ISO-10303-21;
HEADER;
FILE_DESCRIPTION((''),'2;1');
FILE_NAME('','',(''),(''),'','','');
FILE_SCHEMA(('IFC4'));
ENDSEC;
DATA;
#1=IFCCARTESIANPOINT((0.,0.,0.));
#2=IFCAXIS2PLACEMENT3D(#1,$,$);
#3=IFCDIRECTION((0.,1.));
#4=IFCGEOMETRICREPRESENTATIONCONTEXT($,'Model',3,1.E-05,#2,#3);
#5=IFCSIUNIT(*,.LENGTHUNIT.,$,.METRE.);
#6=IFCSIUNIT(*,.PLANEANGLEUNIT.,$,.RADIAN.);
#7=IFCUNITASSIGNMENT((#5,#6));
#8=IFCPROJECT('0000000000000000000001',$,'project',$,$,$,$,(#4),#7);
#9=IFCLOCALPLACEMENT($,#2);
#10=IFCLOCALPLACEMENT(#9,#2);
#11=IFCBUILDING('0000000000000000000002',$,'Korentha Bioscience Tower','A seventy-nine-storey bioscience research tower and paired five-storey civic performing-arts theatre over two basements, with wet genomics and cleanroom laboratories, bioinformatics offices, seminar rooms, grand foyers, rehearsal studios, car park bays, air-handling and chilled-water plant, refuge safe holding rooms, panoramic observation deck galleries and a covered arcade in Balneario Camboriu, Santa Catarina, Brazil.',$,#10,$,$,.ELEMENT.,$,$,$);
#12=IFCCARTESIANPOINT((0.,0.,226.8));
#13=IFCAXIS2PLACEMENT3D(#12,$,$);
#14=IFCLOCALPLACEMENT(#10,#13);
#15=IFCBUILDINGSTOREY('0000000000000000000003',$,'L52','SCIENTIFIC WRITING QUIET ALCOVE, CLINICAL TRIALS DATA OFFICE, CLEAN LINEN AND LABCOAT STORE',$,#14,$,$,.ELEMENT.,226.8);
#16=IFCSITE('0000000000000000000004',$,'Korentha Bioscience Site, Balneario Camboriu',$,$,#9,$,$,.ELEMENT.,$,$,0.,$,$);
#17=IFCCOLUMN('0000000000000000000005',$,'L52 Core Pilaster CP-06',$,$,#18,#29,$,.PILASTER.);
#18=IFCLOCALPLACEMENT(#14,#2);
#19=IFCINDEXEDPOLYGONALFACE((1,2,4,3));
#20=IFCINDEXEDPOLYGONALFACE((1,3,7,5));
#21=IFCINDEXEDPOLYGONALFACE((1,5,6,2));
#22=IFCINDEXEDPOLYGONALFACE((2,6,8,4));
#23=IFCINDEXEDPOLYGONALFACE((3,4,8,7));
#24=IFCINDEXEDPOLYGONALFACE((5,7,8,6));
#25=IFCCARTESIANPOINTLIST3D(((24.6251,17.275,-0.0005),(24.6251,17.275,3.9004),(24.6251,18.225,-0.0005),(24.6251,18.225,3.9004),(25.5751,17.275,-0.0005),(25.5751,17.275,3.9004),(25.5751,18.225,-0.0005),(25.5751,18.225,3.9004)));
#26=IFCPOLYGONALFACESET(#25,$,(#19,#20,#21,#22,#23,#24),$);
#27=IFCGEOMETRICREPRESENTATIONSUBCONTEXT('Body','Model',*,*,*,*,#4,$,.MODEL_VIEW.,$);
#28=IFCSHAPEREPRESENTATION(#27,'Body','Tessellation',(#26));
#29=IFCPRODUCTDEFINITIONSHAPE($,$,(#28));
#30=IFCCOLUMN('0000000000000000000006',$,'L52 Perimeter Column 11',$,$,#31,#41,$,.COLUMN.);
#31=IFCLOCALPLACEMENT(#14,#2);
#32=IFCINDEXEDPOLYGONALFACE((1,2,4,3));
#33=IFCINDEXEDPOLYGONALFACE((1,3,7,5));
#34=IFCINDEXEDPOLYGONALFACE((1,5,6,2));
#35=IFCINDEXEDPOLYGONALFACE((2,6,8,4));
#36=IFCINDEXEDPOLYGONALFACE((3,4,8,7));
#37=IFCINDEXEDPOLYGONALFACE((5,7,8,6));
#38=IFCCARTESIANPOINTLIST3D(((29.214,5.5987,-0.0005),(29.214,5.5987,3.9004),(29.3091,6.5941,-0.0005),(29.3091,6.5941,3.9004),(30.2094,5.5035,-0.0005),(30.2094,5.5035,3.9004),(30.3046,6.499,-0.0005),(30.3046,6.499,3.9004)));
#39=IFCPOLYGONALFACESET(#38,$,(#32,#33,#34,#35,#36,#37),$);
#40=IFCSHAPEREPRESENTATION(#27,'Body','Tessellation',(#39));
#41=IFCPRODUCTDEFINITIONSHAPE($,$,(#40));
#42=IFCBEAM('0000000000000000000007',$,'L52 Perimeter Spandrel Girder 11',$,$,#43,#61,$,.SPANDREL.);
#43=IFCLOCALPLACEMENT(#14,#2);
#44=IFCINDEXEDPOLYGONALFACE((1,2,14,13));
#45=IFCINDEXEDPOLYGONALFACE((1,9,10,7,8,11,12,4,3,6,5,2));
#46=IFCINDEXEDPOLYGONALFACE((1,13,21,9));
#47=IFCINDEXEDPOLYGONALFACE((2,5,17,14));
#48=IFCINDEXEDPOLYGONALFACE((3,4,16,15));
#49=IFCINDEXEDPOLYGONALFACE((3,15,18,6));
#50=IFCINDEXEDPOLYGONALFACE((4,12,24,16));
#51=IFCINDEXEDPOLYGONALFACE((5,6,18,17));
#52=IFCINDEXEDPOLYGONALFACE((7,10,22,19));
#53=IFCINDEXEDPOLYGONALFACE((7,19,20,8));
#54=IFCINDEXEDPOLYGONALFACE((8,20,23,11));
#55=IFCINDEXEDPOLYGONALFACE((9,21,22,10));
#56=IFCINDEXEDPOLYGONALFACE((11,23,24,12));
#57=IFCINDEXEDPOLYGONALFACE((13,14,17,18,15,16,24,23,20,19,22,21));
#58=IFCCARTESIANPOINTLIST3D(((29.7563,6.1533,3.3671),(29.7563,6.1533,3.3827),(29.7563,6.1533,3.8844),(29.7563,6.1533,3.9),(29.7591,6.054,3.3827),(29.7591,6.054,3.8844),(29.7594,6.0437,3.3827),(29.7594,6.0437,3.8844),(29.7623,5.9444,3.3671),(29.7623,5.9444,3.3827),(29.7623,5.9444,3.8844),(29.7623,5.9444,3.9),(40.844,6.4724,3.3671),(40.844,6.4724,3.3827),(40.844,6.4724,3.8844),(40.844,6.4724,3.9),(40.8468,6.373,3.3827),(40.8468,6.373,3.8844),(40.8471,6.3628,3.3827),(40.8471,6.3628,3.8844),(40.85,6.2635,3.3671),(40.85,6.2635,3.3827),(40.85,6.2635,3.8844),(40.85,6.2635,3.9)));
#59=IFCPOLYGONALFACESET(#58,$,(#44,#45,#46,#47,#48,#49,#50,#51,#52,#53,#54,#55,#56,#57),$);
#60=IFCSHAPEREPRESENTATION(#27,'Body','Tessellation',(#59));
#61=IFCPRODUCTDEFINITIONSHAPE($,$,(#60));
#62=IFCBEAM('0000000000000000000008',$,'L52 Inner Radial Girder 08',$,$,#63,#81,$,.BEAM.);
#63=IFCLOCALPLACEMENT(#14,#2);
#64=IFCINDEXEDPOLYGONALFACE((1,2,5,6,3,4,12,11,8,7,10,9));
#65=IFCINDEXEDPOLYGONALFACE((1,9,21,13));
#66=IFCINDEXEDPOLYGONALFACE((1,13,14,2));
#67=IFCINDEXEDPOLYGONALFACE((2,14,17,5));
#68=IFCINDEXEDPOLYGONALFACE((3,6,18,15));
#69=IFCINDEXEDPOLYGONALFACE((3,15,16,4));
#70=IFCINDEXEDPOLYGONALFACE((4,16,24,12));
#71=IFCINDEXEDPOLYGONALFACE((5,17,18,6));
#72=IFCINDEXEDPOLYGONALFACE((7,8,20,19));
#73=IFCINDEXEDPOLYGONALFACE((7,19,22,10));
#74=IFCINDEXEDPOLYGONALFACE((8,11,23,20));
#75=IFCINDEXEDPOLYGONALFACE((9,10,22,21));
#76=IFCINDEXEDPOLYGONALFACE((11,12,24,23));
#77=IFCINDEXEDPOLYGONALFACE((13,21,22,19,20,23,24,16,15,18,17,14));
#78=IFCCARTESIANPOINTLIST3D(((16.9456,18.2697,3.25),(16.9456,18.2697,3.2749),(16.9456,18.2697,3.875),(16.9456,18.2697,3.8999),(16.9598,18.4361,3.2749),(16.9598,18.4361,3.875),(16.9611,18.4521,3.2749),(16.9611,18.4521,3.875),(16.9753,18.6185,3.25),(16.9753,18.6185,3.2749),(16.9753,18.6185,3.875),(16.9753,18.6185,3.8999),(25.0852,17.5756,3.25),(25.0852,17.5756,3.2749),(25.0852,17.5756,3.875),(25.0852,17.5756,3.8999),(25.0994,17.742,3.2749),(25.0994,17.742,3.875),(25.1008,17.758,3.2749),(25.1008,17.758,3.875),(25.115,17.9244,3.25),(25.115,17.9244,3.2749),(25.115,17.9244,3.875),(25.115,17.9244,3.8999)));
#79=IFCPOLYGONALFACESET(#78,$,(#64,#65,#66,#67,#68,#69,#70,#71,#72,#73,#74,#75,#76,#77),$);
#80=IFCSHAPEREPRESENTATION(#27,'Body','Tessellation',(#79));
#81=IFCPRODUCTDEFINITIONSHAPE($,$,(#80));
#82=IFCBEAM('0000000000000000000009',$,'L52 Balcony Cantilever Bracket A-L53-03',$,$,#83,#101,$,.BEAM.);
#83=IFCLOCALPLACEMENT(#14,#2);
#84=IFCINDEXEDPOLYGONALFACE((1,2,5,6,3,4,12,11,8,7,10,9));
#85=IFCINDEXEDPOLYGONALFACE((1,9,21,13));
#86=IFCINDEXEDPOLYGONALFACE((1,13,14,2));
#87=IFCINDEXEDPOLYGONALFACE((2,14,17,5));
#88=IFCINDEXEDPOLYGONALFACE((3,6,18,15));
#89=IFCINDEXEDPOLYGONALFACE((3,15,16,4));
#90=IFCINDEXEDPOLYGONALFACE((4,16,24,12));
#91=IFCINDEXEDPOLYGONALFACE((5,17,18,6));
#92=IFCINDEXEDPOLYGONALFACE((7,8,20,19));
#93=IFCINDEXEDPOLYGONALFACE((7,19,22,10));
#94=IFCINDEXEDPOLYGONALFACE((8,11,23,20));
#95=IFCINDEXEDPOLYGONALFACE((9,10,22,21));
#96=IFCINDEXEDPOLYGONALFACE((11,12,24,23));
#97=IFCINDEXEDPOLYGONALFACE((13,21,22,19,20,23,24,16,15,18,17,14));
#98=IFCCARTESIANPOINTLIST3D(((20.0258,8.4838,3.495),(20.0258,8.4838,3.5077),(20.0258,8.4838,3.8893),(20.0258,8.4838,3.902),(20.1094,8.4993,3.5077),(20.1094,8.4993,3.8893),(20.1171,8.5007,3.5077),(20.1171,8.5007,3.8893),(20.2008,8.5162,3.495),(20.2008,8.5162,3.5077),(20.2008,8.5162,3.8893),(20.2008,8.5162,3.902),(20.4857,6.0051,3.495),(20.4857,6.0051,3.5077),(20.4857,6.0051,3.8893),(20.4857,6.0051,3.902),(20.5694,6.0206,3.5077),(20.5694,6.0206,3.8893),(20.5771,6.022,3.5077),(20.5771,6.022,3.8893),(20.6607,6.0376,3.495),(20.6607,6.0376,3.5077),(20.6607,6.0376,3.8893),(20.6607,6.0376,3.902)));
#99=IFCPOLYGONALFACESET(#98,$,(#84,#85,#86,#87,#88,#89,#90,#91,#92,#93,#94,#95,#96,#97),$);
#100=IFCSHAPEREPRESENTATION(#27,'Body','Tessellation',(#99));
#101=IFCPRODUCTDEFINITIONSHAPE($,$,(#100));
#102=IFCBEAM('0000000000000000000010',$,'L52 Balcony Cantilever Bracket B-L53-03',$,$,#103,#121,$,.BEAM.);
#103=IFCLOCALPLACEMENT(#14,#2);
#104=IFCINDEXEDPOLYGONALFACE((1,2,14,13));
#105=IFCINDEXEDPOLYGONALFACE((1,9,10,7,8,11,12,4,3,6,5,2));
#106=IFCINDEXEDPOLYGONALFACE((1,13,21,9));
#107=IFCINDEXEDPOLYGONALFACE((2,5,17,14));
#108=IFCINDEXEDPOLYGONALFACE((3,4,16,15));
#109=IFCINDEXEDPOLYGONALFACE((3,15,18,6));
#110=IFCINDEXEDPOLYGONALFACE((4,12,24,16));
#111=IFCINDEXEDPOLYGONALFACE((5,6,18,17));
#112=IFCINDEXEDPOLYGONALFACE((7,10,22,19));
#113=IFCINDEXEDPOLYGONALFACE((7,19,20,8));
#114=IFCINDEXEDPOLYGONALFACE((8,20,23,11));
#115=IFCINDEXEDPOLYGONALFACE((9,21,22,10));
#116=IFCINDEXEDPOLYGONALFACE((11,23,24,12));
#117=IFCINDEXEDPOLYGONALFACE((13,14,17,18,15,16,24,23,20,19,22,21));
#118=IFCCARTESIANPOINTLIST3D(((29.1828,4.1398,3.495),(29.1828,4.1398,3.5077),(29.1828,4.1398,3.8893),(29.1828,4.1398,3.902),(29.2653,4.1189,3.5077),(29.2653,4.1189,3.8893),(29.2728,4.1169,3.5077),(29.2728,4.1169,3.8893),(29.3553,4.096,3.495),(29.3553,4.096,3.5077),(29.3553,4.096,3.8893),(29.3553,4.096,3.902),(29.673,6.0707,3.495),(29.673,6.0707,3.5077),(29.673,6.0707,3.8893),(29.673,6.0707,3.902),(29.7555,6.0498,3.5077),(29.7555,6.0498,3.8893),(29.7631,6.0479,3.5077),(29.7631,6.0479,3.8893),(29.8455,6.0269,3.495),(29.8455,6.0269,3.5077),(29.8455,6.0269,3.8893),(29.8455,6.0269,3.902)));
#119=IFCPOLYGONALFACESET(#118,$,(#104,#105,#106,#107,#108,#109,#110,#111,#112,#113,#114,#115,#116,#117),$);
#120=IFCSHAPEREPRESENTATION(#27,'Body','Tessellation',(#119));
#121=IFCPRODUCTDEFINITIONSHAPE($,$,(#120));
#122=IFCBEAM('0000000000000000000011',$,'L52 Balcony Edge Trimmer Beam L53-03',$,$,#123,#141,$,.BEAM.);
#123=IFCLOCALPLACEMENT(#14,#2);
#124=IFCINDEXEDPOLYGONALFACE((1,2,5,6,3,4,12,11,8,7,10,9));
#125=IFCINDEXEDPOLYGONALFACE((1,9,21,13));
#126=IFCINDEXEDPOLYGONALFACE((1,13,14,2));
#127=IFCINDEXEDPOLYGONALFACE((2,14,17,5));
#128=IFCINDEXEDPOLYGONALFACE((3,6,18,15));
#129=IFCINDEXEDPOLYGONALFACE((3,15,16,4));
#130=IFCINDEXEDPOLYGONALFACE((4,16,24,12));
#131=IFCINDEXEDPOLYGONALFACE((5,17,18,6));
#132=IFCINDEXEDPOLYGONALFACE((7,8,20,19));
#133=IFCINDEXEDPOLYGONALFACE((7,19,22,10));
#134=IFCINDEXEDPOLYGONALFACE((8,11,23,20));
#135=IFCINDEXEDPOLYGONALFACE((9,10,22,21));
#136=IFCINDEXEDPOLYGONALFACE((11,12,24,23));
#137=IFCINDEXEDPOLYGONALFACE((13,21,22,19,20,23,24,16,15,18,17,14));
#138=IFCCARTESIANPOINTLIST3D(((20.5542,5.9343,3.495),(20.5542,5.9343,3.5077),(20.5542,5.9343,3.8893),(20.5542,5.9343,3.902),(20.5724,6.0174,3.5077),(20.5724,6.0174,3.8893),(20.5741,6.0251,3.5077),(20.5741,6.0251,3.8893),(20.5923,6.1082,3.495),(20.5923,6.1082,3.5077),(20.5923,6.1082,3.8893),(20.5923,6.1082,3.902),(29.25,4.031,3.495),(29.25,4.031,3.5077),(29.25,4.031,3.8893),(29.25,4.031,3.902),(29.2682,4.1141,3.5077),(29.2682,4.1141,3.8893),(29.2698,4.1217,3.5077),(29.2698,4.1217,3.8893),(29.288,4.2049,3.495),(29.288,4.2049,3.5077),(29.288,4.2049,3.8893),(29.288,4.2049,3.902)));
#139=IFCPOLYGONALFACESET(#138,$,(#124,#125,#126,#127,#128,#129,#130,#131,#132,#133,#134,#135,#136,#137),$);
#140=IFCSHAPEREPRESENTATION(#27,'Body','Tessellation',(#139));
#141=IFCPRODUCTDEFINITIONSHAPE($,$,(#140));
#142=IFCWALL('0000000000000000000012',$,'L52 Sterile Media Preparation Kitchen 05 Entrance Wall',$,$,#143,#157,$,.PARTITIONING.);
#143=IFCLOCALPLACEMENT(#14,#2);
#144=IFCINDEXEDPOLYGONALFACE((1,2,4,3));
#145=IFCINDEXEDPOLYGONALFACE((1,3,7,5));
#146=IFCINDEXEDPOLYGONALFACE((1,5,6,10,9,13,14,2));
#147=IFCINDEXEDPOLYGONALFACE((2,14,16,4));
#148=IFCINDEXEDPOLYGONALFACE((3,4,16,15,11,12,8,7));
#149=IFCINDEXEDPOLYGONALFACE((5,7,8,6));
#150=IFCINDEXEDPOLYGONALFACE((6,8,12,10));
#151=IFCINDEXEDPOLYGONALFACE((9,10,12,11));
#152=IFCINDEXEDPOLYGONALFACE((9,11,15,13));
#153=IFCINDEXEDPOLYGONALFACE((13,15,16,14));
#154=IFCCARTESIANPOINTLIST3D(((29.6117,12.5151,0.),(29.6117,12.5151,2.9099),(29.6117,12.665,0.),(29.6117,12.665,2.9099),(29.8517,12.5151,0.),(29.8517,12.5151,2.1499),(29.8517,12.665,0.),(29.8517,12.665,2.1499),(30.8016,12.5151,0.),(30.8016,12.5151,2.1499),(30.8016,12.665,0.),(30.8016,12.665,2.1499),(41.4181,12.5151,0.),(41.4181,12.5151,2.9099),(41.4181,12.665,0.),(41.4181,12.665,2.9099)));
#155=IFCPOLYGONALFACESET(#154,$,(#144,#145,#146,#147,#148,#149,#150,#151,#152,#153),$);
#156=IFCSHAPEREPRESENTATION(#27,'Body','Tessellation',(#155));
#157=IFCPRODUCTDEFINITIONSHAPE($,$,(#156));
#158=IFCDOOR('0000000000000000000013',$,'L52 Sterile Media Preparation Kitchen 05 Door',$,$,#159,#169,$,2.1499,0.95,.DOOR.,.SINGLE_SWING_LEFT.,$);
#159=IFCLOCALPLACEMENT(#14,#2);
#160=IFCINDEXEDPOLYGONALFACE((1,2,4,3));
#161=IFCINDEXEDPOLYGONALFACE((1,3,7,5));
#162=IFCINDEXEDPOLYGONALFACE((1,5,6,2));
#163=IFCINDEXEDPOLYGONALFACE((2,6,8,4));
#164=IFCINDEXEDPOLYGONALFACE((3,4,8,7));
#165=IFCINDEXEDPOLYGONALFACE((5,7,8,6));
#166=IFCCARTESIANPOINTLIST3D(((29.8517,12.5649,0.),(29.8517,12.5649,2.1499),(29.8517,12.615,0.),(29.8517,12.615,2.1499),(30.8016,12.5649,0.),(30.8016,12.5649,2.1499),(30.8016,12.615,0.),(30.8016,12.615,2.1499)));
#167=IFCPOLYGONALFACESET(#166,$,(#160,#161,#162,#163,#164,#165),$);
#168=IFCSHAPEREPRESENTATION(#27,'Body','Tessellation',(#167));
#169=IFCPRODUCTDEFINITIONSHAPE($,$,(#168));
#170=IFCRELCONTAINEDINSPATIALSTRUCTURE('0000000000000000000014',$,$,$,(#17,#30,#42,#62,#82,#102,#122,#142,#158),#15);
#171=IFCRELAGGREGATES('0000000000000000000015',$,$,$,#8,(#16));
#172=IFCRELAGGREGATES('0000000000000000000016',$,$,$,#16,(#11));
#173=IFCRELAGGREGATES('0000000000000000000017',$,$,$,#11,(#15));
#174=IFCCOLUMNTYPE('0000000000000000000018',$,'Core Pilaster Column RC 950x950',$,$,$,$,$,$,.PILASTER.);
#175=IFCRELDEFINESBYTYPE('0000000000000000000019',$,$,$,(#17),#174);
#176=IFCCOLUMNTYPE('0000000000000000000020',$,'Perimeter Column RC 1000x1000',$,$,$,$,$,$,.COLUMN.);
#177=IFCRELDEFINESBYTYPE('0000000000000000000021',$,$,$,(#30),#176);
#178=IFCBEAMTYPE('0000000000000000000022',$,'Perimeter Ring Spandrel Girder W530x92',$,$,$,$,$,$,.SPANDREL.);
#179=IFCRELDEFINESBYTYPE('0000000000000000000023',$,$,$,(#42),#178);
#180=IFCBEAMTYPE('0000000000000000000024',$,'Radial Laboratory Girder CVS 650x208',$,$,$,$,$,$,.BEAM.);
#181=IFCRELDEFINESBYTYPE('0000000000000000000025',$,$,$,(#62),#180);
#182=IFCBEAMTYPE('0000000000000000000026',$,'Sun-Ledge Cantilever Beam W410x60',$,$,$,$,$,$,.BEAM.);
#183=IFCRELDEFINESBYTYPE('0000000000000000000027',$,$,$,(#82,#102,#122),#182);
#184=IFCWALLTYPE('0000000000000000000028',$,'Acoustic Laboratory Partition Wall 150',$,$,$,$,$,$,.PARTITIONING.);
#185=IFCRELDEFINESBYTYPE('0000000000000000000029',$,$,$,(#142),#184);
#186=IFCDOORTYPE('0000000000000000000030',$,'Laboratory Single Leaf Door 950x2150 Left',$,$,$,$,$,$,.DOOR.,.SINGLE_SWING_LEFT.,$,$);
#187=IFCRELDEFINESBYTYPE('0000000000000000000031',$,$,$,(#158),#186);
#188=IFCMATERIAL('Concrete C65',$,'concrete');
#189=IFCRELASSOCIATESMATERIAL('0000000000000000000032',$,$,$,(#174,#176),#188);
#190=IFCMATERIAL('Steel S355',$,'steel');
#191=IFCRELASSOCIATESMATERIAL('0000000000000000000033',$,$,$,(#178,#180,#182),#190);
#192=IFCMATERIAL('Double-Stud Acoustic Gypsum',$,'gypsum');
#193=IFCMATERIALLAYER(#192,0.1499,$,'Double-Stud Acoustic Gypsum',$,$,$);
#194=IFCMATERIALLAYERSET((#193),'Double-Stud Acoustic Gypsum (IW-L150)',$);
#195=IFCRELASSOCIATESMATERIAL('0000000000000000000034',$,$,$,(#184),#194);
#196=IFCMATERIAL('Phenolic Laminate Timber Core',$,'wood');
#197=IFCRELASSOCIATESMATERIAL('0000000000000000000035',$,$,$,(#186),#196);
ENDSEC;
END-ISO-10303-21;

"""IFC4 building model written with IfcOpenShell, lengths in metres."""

from ifc_helpers import new_model, si_unit, direction, frame, frame_2d, origin, origin_2d, place, context, subcontext, project, spatial, rectangle, i_section, extrude, material, layer, layer_set, material_profile, profile_set, type_object, element, fill, save


model = new_model("IFC4")

# Units and contexts
model_context = context("Model", 3, precision=1e-05, world=origin(), true_north=direction((0.0, 1.0)))
body_context = subcontext(model_context, "Body", "Model", "MODEL_VIEW")
ifc_project = project(units=[si_unit("LENGTHUNIT", "METRE"), si_unit("PLANEANGLEUNIT", "RADIAN")], contexts=[model_context])

# Site, building, storey
site_placement = place(None, origin())
site = spatial("IfcSite", under=ifc_project, at=site_placement, Name="Korentha Bioscience Site, Balneario Camboriu", CompositionType="ELEMENT", RefElevation=0.0)
building_placement = place(site_placement, origin())
building = spatial("IfcBuilding", under=site, at=building_placement, Name="Korentha Bioscience Tower", Description="A seventy-nine-storey bioscience research tower and paired five-storey civic performing-arts theatre over two basements, with wet genomics and cleanroom laboratories, bioinformatics offices, seminar rooms, grand foyers, rehearsal studios, car park bays, air-handling and chilled-water plant, refuge safe holding rooms, panoramic observation deck galleries and a covered arcade in Balneario Camboriu, Santa Catarina, Brazil.", CompositionType="ELEMENT")
storey_placement = place(building_placement, frame((0.0, 0.0, 226.8)))
storey = spatial("IfcBuildingStorey", under=building, at=storey_placement, Name="L52", Description="SCIENTIFIC WRITING QUIET ALCOVE, CLINICAL TRIALS DATA OFFICE, CLEAN LINEN AND LABCOAT STORE", CompositionType="ELEMENT", Elevation=226.8)

# Columns
ifc_material_1 = material(Name="Concrete C65", Category="concrete")
ifc_material_profile_1 = material_profile(ifc_material_1, rectangle(XDim=0.95, YDim=0.95, at=origin_2d()), Name="Concrete C65")
ifc_profile_set_1 = profile_set([ifc_material_profile_1], Name="Concrete C65 (COL-CP09)")
column_type_1 = type_object("IfcColumnType", Name="Core Pilaster Column RC 950x950", PredefinedType="PILASTER", material=ifc_profile_set_1)
column_1_placement = place(storey_placement, frame((25.1001, 17.75, -0.0005), z_axis=(0.0, 0.0, 1.0), x_axis=(1.0, 0.0, 0.0)))
element("IfcColumn", 1, at=column_1_placement, inside=storey, type_object=column_type_1, Name="L52 Core Pilaster CP-06", PredefinedType="PILASTER", context=body_context, shape_type="SweptSolid", body=[
    extrude(rectangle(XDim=0.95, YDim=0.95, at=origin_2d()), origin(), (0.0, 0.0, 1.0), 3.9009),
])
ifc_material_profile_2 = material_profile(ifc_material_1, rectangle(XDim=1.0, YDim=1.0, at=origin_2d()), Name="Concrete C65")
ifc_profile_set_2 = profile_set([ifc_material_profile_2], Name="Concrete C65 (COL-P10)")
column_type_2 = type_object("IfcColumnType", Name="Perimeter Column RC 1000x1000", PredefinedType="COLUMN", material=ifc_profile_set_2)
column_2_placement = place(storey_placement, frame((29.7593, 6.0488, -0.0005), z_axis=(0.0, 0.0, 1.0), x_axis=(-0.995463, 0.095151, 0.0)))
element("IfcColumn", 2, at=column_2_placement, inside=storey, type_object=column_type_2, Name="L52 Perimeter Column 11", PredefinedType="COLUMN", context=body_context, shape_type="SweptSolid", body=[
    extrude(rectangle(XDim=1.0, YDim=1.0, at=origin_2d()), origin(), (0.0, 0.0, 1.0), 3.9009),
])

# Beams
ifc_material_2 = material(Name="Steel S355", Category="steel")
ifc_material_profile_3 = material_profile(ifc_material_2, i_section(OverallWidth=0.209, OverallDepth=0.533, WebThickness=0.0103, FlangeThickness=0.0156, at=origin_2d()), Name="Steel S355")
ifc_profile_set_3 = profile_set([ifc_material_profile_3], Name="Steel S355 (SB-530)")
beam_type_1 = type_object("IfcBeamType", Name="Perimeter Ring Spandrel Girder W530x92", PredefinedType="SPANDREL", material=ifc_profile_set_3)
beam_1_placement = place(storey_placement, frame((29.7593, 6.0488, 3.6335), z_axis=(0.999586, 0.028767, 0.0), x_axis=(-0.028767, 0.999586, 0.0)))
element("IfcBeam", 3, at=beam_1_placement, inside=storey, type_object=beam_type_1, Name="L52 Perimeter Spandrel Girder 11", PredefinedType="SPANDREL", context=body_context, shape_type="SweptSolid", body=[
    extrude(i_section(OverallWidth=0.209, OverallDepth=0.533, WebThickness=0.0103, FlangeThickness=0.0156, at=origin_2d()), origin(), (0.0, 0.0, 1.0), 11.0923),
])
ifc_material_profile_4 = material_profile(ifc_material_2, i_section(OverallWidth=0.3501, OverallDepth=0.6499, WebThickness=0.0161, FlangeThickness=0.0249, at=origin_2d()), Name="Steel S355")
ifc_profile_set_4 = profile_set([ifc_material_profile_4], Name="Steel S355 (RB-650)")
beam_type_2 = type_object("IfcBeamType", Name="Radial Laboratory Girder CVS 650x208", PredefinedType="BEAM", material=ifc_profile_set_4)
beam_2_placement = place(storey_placement, frame((25.1001, 17.75, 3.575), z_axis=(-0.996384, 0.084965, 0.0), x_axis=(-0.084965, -0.996384, 0.0)))
element("IfcBeam", 4, at=beam_2_placement, inside=storey, type_object=beam_type_2, Name="L52 Inner Radial Girder 08", PredefinedType="BEAM", context=body_context, shape_type="SweptSolid", body=[
    extrude(i_section(OverallWidth=0.3501, OverallDepth=0.6499, WebThickness=0.0161, FlangeThickness=0.0249, at=origin_2d()), origin(), (0.0, 0.0, 1.0), 8.1692),
])
ifc_material_profile_5 = material_profile(ifc_material_2, i_section(OverallWidth=0.178, OverallDepth=0.407, WebThickness=0.0078, FlangeThickness=0.0127, at=origin_2d()), Name="Steel S355")
ifc_profile_set_5 = profile_set([ifc_material_profile_5], Name="Steel S355 (CB-410)")
beam_type_3 = type_object("IfcBeamType", Name="Sun-Ledge Cantilever Beam W410x60", PredefinedType="BEAM", material=ifc_profile_set_5)
beam_3_placement = place(storey_placement, frame((20.1133, 8.5, 3.6985), z_axis=(0.182446, -0.983216, 0.0), x_axis=(0.983216, 0.182446, 0.0)))
element("IfcBeam", 5, at=beam_3_placement, inside=storey, type_object=beam_type_3, Name="L52 Balcony Cantilever Bracket A-L53-03", PredefinedType="BEAM", context=body_context, shape_type="SweptSolid", body=[
    extrude(i_section(OverallWidth=0.178, OverallDepth=0.407, WebThickness=0.0078, FlangeThickness=0.0127, at=origin_2d()), origin(), (0.0, 0.0, 1.0), 2.521),
])
beam_4_placement = place(storey_placement, frame((29.7593, 6.0488, 3.6985), z_axis=(-0.246081, -0.969249, 0.0), x_axis=(0.969249, -0.246081, 0.0)))
element("IfcBeam", 6, at=beam_4_placement, inside=storey, type_object=beam_type_3, Name="L52 Balcony Cantilever Bracket B-L53-03", PredefinedType="BEAM", context=body_context, shape_type="SweptSolid", body=[
    extrude(i_section(OverallWidth=0.178, OverallDepth=0.407, WebThickness=0.0078, FlangeThickness=0.0127, at=origin_2d()), origin(), (0.0, 0.0, 1.0), 1.9922),
])
beam_5_placement = place(storey_placement, frame((20.5732, 6.0212, 3.6985), z_axis=(0.976874, -0.213816, 0.0), x_axis=(0.213816, 0.976874, 0.0)))
element("IfcBeam", 7, at=beam_5_placement, inside=storey, type_object=beam_type_3, Name="L52 Balcony Edge Trimmer Beam L53-03", PredefinedType="BEAM", context=body_context, shape_type="SweptSolid", body=[
    extrude(i_section(OverallWidth=0.178, OverallDepth=0.407, WebThickness=0.0078, FlangeThickness=0.0127, at=origin_2d()), origin(), (0.0, 0.0, 1.0), 8.9016),
])

# Wall, opening, door
ifc_material_3 = material(Name="Double-Stud Acoustic Gypsum", Category="gypsum")
ifc_layer_1 = layer(ifc_material_3, 0.1499, Name="Double-Stud Acoustic Gypsum")
ifc_layer_set_1 = layer_set([ifc_layer_1], Name="Double-Stud Acoustic Gypsum (IW-L150)")
wall_type_1 = type_object("IfcWallType", Name="Acoustic Laboratory Partition Wall 150", PredefinedType="PARTITIONING", material=ifc_layer_set_1)
wall_1_placement = place(storey_placement, frame((29.6116, 12.5901, 0.0), z_axis=(0.0, 0.0, 1.0), x_axis=(1.0, 0.0, 0.0)))
wall_1 = element("IfcWall", 8, at=wall_1_placement, inside=storey, type_object=wall_type_1, Name="L52 Sterile Media Preparation Kitchen 05 Entrance Wall", PredefinedType="PARTITIONING", context=body_context, shape_type="SweptSolid", body=[
    extrude(rectangle(XDim=11.8064, YDim=0.1499, at=frame_2d((5.9033, 0.0))), origin(), (0.0, 0.0, 1.0), 2.9099),
])
opening_1_placement = place(wall_1_placement, frame((0.24, 0.0, 0.0)))
opening_1 = element("IfcOpeningElement", 9, at=opening_1_placement, cuts=wall_1, PredefinedType="OPENING", context=body_context, shape_type="SweptSolid", body=[
    extrude(rectangle(XDim=0.95, YDim=2.1499, at=frame_2d((0.4751, 1.075))), frame((0.0, 0.0898, 0.0), z_axis=(0.0, -1.0, 0.0), x_axis=(1.0, 0.0, 0.0)), (0.0, 0.0, 1.0), 0.1797),
])
ifc_material_4 = material(Name="Phenolic Laminate Timber Core", Category="wood")
door_type = type_object("IfcDoorType", Name="Laboratory Single Leaf Door 950x2150 Left", OperationType="SINGLE_SWING_LEFT", PredefinedType="DOOR", material=ifc_material_4)
door_placement = place(opening_1_placement, origin())
door = element("IfcDoor", 10, at=door_placement, inside=storey, type_object=door_type, Name="L52 Sterile Media Preparation Kitchen 05 Door", OperationType="SINGLE_SWING_LEFT", OverallHeight=2.1499, OverallWidth=0.95, PredefinedType="DOOR", context=body_context, shape_type="SweptSolid", body=[
    extrude(rectangle(XDim=0.95, YDim=2.1499, at=frame_2d((0.4751, 1.075))), frame((0.0, 0.0249, 0.0), z_axis=(0.0, -1.0, 0.0), x_axis=(1.0, 0.0, 0.0)), (0.0, 0.0, 1.0), 0.05),
])
fill(opening_1, door)

save(model, "model.ifc")
